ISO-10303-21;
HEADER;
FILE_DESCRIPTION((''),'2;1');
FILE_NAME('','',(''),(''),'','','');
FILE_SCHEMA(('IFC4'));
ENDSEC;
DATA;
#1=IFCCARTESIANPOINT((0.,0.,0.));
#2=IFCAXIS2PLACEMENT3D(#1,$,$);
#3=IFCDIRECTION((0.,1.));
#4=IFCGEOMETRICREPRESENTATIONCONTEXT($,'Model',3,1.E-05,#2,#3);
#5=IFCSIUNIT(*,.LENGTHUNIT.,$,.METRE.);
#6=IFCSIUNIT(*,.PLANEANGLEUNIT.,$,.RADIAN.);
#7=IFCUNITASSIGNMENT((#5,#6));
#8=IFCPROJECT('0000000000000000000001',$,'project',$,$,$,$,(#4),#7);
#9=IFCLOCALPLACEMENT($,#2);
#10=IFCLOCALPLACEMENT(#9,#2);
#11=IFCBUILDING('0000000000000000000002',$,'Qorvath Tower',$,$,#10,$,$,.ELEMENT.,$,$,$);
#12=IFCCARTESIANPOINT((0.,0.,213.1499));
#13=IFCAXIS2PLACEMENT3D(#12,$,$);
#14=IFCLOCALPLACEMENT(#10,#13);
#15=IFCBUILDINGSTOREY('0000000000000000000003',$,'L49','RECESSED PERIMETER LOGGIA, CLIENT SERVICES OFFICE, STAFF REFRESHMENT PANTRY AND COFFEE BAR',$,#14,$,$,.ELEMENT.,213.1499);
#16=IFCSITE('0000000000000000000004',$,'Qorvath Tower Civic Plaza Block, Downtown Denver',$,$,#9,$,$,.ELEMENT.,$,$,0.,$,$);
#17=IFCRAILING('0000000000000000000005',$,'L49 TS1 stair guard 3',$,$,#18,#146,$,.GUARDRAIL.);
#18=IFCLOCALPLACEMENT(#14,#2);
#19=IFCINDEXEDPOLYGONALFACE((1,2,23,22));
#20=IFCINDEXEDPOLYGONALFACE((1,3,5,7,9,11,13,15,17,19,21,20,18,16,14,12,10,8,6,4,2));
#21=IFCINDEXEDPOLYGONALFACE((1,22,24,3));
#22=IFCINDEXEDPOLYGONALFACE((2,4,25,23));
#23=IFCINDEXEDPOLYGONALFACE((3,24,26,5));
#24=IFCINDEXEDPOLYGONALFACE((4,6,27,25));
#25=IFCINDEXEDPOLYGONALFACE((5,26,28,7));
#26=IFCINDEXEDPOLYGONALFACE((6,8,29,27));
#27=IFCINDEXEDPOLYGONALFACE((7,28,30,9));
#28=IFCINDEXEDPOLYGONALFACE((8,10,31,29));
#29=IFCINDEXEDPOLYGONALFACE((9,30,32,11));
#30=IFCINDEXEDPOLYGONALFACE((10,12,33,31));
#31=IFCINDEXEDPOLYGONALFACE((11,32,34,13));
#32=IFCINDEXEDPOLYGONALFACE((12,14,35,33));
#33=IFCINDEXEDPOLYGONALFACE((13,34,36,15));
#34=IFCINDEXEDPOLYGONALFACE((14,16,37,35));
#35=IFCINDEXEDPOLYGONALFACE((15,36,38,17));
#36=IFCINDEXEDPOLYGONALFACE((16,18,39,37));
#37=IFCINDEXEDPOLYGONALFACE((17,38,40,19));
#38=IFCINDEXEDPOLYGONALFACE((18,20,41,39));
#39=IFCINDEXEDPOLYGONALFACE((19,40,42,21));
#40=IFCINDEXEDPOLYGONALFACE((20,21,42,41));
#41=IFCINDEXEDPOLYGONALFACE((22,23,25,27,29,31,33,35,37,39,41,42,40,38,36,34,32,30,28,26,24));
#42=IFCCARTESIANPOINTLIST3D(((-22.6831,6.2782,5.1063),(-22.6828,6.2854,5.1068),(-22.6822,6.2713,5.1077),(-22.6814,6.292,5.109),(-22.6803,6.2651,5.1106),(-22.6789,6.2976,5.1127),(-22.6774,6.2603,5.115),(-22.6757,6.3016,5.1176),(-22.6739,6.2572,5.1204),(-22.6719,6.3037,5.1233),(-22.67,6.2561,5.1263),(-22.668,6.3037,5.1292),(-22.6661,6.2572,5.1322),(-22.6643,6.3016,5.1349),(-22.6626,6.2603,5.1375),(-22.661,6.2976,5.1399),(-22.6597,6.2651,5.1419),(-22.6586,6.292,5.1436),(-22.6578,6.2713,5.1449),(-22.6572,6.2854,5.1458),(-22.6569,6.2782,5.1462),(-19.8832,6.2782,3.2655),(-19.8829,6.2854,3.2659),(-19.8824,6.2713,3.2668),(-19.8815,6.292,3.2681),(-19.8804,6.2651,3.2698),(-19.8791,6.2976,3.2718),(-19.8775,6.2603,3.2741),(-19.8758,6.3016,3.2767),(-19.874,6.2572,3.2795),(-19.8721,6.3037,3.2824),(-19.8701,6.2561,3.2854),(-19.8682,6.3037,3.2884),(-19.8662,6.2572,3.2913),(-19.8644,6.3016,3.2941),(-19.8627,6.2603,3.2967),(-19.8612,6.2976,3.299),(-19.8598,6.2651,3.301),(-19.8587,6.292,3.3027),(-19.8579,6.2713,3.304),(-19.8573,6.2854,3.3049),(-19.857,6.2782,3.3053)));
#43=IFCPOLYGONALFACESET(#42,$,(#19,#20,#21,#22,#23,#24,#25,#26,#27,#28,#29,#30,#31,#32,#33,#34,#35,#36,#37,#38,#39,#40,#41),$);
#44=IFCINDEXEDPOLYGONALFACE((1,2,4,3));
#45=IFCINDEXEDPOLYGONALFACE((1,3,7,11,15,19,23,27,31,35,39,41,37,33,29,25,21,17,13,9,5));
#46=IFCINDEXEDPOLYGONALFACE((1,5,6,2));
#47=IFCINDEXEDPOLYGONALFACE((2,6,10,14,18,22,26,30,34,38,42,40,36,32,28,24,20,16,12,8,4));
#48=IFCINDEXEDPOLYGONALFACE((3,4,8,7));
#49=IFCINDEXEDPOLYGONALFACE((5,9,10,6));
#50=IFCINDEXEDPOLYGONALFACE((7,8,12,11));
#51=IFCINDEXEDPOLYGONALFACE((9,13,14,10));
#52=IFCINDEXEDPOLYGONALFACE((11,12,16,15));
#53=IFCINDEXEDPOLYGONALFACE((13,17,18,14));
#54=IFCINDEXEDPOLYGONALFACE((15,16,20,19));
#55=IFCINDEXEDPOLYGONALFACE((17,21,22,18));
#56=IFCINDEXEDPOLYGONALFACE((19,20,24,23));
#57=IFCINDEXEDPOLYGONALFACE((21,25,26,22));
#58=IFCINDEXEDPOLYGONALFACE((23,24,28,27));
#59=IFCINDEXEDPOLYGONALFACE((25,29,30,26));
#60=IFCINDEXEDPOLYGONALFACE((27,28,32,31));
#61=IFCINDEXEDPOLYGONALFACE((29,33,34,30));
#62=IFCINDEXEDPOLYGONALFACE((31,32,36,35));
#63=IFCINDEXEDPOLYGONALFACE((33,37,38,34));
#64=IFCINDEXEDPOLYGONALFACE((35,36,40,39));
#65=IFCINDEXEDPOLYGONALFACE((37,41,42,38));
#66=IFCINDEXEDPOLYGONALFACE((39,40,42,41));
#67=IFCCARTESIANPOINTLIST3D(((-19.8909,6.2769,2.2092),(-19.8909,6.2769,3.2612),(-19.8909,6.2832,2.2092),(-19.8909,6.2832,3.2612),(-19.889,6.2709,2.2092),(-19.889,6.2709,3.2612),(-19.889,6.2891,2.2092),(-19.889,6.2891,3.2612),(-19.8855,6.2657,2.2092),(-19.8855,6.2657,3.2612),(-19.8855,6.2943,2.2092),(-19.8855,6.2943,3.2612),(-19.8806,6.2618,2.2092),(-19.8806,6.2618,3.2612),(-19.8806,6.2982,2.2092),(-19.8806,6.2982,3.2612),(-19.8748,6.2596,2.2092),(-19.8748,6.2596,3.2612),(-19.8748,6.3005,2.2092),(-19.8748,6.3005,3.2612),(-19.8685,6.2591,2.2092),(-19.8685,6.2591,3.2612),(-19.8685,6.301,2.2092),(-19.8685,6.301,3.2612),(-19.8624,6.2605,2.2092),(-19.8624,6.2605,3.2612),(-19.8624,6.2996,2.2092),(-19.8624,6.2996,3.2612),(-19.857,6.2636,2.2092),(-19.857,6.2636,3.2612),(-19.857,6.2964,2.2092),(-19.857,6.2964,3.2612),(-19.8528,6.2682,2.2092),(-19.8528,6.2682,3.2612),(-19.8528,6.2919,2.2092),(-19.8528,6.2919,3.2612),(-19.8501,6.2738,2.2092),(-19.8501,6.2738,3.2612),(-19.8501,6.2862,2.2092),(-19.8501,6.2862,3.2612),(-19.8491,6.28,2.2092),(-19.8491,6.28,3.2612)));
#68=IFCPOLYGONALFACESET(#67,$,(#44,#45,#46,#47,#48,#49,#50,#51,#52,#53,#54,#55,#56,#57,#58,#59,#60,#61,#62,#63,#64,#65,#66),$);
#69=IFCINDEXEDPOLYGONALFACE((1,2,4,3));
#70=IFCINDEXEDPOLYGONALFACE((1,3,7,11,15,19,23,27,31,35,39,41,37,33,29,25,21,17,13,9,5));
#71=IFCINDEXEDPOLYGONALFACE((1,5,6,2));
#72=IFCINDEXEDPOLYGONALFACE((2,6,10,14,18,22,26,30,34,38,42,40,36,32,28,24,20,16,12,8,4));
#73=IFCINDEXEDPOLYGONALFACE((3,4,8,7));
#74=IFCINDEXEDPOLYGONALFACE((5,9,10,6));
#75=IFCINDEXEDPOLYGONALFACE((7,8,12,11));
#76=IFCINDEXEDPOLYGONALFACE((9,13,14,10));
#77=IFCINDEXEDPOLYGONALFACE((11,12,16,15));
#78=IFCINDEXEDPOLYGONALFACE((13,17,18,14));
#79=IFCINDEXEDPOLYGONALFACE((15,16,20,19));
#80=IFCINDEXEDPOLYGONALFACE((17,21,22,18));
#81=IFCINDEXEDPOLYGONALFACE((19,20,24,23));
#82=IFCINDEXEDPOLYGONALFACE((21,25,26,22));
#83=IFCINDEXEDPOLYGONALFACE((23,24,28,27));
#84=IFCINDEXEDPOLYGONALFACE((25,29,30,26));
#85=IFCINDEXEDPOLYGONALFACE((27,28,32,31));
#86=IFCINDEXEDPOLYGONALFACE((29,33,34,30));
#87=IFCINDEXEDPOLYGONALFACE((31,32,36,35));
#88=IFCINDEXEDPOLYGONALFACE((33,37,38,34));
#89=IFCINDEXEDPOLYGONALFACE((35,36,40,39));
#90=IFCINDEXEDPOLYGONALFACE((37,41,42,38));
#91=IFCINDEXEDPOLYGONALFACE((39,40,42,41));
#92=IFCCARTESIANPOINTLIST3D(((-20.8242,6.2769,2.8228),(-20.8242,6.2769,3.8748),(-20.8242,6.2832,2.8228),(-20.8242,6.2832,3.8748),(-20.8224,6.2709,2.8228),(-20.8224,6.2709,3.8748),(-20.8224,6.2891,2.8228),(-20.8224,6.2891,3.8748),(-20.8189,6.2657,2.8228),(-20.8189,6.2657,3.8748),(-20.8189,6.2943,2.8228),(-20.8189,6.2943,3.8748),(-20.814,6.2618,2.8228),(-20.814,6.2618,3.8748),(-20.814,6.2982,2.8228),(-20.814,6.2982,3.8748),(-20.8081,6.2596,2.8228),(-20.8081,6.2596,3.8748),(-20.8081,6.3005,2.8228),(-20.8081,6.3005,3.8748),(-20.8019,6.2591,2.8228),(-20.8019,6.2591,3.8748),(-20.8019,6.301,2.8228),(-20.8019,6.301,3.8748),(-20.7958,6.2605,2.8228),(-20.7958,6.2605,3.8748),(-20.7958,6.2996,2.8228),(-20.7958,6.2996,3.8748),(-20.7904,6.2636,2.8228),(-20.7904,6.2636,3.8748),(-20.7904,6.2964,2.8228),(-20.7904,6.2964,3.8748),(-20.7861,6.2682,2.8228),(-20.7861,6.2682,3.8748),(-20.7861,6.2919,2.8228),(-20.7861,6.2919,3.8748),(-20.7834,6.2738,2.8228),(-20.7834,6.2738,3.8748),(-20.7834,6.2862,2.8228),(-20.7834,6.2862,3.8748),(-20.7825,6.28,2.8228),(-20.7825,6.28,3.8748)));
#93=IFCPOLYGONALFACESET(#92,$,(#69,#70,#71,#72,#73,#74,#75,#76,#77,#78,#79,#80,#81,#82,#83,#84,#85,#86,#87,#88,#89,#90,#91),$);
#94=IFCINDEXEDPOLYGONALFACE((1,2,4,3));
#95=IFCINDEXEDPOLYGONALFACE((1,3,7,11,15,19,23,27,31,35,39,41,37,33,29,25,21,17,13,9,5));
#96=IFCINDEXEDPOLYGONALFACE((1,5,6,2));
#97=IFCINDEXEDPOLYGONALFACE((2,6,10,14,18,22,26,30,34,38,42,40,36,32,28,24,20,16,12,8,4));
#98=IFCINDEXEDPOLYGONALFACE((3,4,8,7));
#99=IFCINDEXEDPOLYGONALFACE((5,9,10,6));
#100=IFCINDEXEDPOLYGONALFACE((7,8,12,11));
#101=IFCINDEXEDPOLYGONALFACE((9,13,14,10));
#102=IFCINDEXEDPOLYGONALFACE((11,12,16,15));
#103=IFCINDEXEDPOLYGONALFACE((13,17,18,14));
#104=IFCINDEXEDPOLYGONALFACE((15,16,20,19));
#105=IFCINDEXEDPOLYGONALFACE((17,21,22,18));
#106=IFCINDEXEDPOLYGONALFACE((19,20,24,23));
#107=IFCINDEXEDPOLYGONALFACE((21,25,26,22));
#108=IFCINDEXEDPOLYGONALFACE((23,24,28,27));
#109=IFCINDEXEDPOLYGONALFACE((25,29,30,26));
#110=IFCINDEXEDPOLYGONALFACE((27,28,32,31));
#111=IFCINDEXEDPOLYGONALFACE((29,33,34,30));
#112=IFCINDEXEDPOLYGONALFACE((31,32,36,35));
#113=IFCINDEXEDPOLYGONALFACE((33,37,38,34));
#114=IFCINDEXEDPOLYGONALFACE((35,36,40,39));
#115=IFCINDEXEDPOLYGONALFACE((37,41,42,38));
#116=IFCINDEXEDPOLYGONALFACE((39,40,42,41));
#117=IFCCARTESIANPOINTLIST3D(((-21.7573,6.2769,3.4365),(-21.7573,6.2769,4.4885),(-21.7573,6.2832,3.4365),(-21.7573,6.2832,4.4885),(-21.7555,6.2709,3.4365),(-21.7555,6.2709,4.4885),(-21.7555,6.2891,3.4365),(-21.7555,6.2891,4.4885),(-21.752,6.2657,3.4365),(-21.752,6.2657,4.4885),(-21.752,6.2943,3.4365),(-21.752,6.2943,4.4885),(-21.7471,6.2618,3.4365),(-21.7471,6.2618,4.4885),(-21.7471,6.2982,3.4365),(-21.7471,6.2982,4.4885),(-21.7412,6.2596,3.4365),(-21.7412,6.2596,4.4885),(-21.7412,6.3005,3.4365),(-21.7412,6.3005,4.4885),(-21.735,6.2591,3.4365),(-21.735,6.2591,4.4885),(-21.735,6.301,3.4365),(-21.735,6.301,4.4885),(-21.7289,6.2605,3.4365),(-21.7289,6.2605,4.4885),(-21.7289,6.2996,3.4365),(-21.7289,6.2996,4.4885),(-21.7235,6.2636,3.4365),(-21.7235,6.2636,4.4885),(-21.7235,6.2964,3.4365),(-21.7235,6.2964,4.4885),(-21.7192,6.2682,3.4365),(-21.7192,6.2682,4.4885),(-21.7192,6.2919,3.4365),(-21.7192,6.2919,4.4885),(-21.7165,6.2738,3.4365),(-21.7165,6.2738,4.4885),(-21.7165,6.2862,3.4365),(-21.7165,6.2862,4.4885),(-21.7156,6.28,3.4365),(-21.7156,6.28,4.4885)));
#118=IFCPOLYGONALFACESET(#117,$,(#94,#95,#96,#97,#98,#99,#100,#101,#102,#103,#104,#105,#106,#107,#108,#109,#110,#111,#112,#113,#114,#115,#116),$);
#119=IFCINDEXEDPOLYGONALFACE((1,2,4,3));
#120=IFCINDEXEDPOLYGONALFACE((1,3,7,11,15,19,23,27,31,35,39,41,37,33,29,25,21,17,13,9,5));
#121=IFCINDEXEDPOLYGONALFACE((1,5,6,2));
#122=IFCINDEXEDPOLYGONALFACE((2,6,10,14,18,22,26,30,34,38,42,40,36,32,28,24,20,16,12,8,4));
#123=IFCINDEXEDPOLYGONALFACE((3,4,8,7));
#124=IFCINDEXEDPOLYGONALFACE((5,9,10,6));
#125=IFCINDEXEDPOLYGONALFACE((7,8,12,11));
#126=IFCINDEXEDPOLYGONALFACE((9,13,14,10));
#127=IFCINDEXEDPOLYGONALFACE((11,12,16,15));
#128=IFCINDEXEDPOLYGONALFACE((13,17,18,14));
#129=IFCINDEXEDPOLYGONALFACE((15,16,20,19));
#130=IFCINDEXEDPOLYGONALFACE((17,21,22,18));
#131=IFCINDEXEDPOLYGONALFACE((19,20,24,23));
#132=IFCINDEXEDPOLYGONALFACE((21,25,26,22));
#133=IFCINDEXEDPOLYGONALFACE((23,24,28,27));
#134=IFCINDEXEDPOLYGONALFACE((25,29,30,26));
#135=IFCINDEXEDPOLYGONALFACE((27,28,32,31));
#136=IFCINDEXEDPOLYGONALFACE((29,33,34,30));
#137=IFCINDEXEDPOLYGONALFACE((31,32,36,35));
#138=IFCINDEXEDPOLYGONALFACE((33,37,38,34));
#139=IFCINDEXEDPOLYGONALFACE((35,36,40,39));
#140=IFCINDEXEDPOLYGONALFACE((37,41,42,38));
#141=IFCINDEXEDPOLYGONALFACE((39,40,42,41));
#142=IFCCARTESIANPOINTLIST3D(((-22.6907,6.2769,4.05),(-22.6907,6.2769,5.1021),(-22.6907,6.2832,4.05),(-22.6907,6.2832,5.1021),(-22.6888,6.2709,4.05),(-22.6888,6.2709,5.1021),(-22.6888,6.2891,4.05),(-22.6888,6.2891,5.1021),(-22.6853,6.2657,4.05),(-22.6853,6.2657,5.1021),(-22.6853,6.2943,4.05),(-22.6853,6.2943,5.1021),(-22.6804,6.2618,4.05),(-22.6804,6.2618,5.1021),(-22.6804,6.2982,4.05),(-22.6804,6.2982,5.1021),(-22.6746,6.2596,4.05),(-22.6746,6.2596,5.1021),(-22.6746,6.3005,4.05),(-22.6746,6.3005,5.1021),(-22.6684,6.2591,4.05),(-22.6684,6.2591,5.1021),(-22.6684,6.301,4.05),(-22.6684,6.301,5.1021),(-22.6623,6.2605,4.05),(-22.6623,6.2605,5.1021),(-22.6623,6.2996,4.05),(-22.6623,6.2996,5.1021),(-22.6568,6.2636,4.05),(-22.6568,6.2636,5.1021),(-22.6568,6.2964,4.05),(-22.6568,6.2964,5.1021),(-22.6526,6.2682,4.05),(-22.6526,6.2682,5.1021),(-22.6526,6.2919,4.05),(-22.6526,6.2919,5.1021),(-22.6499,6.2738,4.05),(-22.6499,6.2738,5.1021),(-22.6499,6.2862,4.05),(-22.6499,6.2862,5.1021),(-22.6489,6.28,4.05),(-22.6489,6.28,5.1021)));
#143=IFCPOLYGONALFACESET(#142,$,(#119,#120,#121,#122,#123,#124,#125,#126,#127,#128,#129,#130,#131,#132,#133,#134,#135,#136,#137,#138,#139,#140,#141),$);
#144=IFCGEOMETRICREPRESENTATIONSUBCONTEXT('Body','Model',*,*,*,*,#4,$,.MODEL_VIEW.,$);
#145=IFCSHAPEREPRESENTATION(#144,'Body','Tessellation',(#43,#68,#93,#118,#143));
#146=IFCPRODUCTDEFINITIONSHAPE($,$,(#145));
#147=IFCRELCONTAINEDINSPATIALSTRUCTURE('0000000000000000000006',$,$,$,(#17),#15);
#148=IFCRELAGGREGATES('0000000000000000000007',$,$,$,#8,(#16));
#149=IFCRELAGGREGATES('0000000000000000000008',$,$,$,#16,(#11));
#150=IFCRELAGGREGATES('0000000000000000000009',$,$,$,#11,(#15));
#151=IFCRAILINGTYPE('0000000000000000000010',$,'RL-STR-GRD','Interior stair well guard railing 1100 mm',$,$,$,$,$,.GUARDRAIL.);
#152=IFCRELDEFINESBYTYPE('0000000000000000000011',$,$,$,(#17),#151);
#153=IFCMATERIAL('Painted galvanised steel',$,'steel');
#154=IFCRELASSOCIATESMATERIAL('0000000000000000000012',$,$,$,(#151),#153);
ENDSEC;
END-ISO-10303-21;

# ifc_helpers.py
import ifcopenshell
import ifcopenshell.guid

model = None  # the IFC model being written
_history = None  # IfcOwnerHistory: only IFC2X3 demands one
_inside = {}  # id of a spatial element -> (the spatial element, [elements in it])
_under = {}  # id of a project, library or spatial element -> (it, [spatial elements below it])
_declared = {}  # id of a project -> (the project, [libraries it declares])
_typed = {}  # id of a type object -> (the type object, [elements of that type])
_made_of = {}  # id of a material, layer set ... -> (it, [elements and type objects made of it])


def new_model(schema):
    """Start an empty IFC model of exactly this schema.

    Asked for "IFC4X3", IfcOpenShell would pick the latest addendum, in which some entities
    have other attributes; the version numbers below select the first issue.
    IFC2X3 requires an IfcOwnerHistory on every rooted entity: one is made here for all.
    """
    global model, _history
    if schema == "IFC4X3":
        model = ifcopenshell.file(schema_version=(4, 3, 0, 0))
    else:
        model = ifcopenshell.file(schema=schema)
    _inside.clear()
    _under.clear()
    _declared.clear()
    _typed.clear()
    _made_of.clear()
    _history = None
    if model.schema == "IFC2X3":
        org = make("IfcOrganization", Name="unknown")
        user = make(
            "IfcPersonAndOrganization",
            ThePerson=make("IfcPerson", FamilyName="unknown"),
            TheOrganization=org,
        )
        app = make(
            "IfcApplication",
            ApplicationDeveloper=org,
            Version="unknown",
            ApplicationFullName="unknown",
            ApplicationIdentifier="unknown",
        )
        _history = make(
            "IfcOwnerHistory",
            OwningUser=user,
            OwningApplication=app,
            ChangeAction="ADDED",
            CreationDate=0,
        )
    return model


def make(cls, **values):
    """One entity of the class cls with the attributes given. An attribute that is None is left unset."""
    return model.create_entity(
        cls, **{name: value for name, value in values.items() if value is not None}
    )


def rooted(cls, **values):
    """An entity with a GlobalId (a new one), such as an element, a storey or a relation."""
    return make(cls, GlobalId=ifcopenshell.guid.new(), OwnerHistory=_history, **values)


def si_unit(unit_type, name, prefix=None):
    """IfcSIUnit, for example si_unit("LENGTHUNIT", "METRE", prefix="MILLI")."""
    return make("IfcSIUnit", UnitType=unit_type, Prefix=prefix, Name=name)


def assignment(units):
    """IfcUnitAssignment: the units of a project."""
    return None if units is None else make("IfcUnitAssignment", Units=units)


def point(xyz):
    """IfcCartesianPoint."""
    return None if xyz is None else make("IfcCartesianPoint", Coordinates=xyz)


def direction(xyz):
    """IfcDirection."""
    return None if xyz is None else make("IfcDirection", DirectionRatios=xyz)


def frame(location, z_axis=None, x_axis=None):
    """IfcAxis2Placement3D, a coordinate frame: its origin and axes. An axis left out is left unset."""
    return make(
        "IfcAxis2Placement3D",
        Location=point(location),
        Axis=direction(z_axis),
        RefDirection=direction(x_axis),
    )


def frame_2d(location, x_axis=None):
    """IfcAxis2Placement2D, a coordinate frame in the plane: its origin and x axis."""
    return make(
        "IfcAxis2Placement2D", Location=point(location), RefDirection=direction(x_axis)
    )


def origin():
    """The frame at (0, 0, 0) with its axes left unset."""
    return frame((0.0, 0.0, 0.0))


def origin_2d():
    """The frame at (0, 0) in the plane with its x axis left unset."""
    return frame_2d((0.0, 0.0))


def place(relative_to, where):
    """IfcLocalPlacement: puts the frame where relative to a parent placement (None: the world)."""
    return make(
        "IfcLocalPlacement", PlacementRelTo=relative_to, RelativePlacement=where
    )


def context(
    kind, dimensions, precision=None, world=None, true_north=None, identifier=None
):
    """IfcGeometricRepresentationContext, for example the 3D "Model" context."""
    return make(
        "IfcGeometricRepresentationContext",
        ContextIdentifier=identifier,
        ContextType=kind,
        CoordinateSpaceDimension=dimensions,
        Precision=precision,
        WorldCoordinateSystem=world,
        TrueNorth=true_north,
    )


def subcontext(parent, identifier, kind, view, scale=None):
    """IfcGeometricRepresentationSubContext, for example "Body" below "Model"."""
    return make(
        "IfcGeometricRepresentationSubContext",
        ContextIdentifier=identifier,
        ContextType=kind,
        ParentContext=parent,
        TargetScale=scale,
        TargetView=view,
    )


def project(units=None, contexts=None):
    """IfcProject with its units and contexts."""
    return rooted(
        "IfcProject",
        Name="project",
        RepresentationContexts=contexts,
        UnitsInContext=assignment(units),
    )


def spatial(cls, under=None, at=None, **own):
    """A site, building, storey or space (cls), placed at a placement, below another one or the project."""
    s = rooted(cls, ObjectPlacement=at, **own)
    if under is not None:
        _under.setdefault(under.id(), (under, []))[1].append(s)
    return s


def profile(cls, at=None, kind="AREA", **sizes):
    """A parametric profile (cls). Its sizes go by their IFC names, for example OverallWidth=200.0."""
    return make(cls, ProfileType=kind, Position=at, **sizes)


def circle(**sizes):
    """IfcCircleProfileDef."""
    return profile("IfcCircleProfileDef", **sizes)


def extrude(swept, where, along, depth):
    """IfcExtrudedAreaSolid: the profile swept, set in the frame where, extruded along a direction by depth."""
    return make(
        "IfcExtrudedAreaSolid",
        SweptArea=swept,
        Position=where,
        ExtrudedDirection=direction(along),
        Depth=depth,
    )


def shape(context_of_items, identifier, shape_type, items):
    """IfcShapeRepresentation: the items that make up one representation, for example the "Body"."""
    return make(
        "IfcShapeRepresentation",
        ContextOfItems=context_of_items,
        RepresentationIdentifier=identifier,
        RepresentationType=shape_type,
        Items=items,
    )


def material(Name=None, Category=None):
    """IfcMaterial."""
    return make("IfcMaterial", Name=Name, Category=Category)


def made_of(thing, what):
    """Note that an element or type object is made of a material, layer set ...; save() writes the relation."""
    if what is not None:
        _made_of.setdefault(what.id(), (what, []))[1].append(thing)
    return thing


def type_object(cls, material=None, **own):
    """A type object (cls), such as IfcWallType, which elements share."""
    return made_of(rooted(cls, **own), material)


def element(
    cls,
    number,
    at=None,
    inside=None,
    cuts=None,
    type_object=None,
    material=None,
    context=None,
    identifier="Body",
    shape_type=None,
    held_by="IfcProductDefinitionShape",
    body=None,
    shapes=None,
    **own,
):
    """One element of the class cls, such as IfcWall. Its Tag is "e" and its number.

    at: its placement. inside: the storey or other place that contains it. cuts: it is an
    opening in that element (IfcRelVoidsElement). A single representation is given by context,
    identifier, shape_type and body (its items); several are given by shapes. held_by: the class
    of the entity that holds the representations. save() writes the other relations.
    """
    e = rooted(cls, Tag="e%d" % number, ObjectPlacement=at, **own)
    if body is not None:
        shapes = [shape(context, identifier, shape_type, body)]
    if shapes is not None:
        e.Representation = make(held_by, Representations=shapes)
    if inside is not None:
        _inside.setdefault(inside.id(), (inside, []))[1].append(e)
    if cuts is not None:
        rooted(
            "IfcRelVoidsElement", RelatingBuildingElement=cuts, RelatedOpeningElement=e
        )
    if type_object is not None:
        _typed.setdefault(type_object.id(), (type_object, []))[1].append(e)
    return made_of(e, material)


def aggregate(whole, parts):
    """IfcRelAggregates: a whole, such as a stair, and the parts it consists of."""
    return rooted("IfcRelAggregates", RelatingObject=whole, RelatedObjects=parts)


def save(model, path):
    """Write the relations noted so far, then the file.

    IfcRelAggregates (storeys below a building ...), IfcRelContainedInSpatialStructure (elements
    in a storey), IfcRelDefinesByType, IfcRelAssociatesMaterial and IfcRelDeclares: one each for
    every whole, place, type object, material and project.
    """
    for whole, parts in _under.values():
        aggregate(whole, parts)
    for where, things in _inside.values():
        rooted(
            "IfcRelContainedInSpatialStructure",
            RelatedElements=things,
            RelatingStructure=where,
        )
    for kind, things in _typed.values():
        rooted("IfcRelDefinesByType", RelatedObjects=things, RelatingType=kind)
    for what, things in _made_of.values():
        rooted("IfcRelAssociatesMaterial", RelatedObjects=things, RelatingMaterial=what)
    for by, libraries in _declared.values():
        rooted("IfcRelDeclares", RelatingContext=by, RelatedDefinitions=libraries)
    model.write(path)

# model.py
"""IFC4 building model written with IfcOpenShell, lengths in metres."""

from ifc_helpers import new_model, si_unit, direction, frame, origin, origin_2d, place, context, subcontext, project, spatial, circle, extrude, material, type_object, element, save


model = new_model("IFC4")

# Units and contexts
model_context = context("Model", 3, precision=1e-05, world=origin(), true_north=direction((0.0, 1.0)))
body_context = subcontext(model_context, "Body", "Model", "MODEL_VIEW")
ifc_project = project(units=[si_unit("LENGTHUNIT", "METRE"), si_unit("PLANEANGLEUNIT", "RADIAN")], contexts=[model_context])

# Site, building, storey
site_placement = place(None, origin())
site = spatial("IfcSite", under=ifc_project, at=site_placement, Name="Qorvath Tower Civic Plaza Block, Downtown Denver", CompositionType="ELEMENT", RefElevation=0.0)
building_placement = place(site_placement, origin())
building = spatial("IfcBuilding", under=site, at=building_placement, Name="Qorvath Tower", CompositionType="ELEMENT")
storey_placement = place(building_placement, frame((0.0, 0.0, 213.1499)))
storey = spatial("IfcBuildingStorey", under=building, at=storey_placement, Name="L49", Description="RECESSED PERIMETER LOGGIA, CLIENT SERVICES OFFICE, STAFF REFRESHMENT PANTRY AND COFFEE BAR", CompositionType="ELEMENT", Elevation=213.1499)

# Railing
ifc_material_1 = material(Name="Painted galvanised steel", Category="steel")
railing_type_1 = type_object("IfcRailingType", Name="RL-STR-GRD", Description="Interior stair well guard railing 1100 mm", PredefinedType="GUARDRAIL", material=ifc_material_1)
railing_1_placement = place(storey_placement, frame((-19.8701, 6.28, 2.2092)))
element("IfcRailing", 1, at=railing_1_placement, inside=storey, type_object=railing_type_1, Name="L49 TS1 stair guard 3", PredefinedType="GUARDRAIL", context=body_context, shape_type="SweptSolid", body=[
    extrude(circle(Radius=0.0239, at=origin_2d()), frame((0.0, 0.0, 1.0762), z_axis=(-0.835576, 0.0, 0.549376), x_axis=(0.0, -1.0, 0.0)), (0.0, 0.0, 1.0), 3.3508),
    extrude(circle(Radius=0.021, at=origin_2d()), origin(), (0.0, 0.0, 1.0), 1.052),
    extrude(circle(Radius=0.021, at=origin_2d()), frame((-0.9333, 0.0, 0.6135)), (0.0, 0.0, 1.0), 1.052),
    extrude(circle(Radius=0.021, at=origin_2d()), frame((-1.8665, 0.0, 1.2273)), (0.0, 0.0, 1.0), 1.052),
    extrude(circle(Radius=0.021, at=origin_2d()), frame((-2.7998, 0.0, 1.8408)), (0.0, 0.0, 1.0), 1.052),
])

save(model, "model.ifc")
